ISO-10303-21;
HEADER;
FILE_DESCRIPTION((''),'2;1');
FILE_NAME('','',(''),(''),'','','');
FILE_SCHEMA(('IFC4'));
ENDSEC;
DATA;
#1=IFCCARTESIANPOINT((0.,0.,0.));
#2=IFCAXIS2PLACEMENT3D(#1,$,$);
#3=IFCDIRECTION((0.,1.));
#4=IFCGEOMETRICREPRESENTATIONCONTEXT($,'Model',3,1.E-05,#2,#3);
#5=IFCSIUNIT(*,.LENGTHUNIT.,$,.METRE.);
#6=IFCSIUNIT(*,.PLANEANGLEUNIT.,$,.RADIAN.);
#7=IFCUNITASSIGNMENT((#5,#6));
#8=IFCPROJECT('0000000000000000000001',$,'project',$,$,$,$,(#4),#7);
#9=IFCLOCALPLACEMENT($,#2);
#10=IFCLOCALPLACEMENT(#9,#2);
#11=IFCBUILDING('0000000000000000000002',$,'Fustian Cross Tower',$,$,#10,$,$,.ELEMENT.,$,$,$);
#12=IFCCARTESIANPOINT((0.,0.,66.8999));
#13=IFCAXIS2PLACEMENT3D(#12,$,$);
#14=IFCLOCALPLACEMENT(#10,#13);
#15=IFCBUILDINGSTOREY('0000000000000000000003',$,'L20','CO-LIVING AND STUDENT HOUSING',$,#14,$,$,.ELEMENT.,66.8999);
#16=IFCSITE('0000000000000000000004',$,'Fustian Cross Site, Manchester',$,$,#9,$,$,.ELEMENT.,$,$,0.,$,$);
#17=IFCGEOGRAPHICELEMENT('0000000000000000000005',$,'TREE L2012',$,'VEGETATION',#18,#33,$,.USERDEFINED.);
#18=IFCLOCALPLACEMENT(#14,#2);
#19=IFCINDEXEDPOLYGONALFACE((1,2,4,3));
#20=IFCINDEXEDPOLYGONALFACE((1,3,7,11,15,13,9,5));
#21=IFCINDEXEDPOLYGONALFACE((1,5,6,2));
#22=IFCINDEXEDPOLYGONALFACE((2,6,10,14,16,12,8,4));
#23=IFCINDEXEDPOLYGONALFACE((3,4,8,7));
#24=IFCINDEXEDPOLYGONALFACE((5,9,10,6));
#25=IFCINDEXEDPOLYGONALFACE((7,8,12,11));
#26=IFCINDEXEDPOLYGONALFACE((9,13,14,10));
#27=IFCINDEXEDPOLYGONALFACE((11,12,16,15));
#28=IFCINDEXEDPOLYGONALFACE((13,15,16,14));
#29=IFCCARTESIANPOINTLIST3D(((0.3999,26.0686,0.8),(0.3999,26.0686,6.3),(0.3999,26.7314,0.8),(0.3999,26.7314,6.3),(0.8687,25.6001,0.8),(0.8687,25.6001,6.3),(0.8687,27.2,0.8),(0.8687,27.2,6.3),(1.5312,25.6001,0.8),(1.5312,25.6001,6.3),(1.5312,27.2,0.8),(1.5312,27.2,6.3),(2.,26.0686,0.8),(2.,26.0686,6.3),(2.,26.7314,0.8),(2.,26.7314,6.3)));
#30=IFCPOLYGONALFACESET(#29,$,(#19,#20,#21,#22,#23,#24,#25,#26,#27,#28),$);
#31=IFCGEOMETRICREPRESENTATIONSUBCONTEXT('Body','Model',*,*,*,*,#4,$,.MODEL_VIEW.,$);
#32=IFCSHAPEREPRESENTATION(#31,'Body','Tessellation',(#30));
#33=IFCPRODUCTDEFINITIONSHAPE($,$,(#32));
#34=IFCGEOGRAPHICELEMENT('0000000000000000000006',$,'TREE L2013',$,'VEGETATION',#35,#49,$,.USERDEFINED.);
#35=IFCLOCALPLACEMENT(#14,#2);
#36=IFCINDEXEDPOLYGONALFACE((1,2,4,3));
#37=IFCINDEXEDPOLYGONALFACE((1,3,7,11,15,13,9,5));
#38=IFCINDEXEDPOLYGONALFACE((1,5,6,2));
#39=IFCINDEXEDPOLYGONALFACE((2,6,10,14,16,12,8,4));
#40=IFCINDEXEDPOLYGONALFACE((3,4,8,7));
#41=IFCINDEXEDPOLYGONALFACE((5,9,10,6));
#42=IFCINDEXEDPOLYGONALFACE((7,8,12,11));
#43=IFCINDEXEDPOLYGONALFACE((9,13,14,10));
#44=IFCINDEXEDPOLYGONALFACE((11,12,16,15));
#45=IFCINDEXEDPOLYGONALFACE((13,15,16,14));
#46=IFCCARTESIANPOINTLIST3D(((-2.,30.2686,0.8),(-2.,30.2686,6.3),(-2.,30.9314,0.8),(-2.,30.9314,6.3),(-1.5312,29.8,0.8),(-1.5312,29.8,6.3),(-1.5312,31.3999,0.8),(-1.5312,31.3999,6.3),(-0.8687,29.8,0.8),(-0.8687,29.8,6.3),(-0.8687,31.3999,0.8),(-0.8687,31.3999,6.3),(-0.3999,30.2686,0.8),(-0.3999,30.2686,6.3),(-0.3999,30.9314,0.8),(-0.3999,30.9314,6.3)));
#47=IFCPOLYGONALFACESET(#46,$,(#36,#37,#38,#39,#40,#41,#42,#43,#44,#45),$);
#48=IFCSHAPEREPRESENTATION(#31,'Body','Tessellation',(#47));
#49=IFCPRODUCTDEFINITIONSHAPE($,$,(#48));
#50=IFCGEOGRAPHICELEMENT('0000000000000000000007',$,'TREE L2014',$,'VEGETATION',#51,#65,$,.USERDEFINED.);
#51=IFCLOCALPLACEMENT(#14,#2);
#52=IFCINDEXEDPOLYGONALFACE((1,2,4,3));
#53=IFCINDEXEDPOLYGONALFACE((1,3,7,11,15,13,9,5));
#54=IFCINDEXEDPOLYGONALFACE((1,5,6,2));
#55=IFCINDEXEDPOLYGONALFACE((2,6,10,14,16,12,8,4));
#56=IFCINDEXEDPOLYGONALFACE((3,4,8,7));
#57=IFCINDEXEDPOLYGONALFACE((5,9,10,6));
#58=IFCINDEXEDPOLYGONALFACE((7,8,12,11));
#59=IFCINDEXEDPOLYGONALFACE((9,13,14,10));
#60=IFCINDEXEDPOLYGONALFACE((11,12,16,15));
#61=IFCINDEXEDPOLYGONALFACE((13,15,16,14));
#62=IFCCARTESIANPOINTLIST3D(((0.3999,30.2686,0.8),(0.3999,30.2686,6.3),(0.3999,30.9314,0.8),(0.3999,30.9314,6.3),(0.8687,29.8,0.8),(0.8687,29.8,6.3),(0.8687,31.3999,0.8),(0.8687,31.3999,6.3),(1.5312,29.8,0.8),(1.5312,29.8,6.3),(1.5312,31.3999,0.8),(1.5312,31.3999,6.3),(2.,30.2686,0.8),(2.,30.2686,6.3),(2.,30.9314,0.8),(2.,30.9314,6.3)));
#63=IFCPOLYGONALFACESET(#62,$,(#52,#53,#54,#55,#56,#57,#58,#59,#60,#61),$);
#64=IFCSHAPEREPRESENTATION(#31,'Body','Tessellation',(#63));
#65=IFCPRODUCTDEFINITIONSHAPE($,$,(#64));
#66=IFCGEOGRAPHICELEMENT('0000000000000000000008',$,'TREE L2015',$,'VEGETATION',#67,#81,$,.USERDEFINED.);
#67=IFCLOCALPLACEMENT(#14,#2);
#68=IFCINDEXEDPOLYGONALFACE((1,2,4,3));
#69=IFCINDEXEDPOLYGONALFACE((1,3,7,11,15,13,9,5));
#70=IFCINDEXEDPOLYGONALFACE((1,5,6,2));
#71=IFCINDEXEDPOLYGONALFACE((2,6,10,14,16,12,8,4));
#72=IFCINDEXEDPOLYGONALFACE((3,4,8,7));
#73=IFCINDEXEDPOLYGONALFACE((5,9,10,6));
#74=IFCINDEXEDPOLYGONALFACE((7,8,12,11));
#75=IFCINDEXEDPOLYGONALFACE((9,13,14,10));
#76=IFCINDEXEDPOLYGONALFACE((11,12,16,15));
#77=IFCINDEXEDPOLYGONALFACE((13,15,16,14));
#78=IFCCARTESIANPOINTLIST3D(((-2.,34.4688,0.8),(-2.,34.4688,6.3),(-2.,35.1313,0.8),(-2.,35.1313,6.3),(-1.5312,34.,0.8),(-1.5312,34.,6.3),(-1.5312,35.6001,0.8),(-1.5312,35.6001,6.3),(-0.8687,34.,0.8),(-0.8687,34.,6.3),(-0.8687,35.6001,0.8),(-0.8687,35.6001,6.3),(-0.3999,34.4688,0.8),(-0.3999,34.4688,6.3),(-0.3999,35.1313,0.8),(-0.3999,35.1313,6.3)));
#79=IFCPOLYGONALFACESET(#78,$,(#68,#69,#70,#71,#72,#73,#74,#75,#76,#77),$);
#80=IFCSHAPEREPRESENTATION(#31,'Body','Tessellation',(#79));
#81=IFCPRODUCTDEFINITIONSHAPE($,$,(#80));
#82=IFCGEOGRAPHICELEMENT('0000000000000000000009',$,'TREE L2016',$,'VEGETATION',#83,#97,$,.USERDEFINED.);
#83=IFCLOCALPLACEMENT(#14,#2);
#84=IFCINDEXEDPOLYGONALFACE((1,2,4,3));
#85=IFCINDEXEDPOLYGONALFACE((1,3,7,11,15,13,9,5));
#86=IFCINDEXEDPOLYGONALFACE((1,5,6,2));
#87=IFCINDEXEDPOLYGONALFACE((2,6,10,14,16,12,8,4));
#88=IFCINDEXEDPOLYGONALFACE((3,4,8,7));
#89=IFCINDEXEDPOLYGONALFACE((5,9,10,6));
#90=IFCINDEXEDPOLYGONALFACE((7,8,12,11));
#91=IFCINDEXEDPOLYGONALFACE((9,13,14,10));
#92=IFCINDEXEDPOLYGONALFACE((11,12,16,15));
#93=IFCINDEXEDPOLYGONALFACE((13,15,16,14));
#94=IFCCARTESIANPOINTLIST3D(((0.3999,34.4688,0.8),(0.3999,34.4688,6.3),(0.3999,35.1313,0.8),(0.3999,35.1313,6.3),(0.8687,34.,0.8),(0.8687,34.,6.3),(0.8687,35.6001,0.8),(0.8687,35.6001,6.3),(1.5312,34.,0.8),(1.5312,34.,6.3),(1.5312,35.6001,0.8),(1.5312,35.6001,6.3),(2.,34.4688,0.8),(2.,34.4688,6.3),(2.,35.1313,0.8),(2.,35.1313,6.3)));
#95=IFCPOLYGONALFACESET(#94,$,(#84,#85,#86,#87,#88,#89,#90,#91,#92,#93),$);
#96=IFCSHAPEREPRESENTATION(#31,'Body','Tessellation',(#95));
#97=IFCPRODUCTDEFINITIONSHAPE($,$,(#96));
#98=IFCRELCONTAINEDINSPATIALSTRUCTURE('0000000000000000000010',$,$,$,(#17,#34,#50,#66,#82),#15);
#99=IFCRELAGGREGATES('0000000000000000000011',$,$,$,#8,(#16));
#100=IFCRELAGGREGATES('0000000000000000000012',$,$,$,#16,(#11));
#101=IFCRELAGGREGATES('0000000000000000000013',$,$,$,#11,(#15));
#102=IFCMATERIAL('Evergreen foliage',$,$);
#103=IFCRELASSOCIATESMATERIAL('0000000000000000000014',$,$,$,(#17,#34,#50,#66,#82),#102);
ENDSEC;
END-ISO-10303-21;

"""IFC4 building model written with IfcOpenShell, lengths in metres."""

from ifc_helpers import new_model, si_unit, direction, frame, origin, place, context, subcontext, project, spatial, polyline, outline, extrude, material, element, save


model = new_model("IFC4")

# Units and contexts
model_context = context("Model", 3, precision=1e-05, world=origin(), true_north=direction((0.0, 1.0)))
body_context = subcontext(model_context, "Body", "Model", "MODEL_VIEW")
ifc_project = project(units=[si_unit("LENGTHUNIT", "METRE"), si_unit("PLANEANGLEUNIT", "RADIAN")], contexts=[model_context])

# Site, building, storey
site_placement = place(None, origin())
site = spatial("IfcSite", under=ifc_project, at=site_placement, Name="Fustian Cross Site, Manchester", CompositionType="ELEMENT", RefElevation=0.0)
building_placement = place(site_placement, origin())
building = spatial("IfcBuilding", under=site, at=building_placement, Name="Fustian Cross Tower", CompositionType="ELEMENT")
storey_placement = place(building_placement, frame((0.0, 0.0, 66.8999)))
storey = spatial("IfcBuildingStorey", under=building, at=storey_placement, Name="L20", Description="CO-LIVING AND STUDENT HOUSING", CompositionType="ELEMENT", Elevation=66.8999)

# Geographic elements
ifc_material_1 = material(Name="Evergreen foliage")
geographic_element_1_placement = place(storey_placement, frame((0.0, 0.0, 0.8)))
element("IfcGeographicElement", 1, at=geographic_element_1_placement, inside=storey, material=ifc_material_1, Name="TREE L2012", ObjectType="VEGETATION", PredefinedType="USERDEFINED", context=body_context, shape_type="SweptSolid", body=[
    extrude(outline(polyline([(2.0, 26.7314), (1.5312, 27.2), (0.8687, 27.2), (0.3999, 26.7314), (0.3999, 26.0686), (0.8687, 25.6001), (1.5312, 25.6001), (2.0, 26.0686), (2.0, 26.7314)])), origin(), (0.0, 0.0, 1.0), 5.5),
])
geographic_element_2_placement = place(storey_placement, frame((0.0, 0.0, 0.8)))
element("IfcGeographicElement", 2, at=geographic_element_2_placement, inside=storey, material=ifc_material_1, Name="TREE L2013", ObjectType="VEGETATION", PredefinedType="USERDEFINED", context=body_context, shape_type="SweptSolid", body=[
    extrude(outline(polyline([(-0.3999, 30.9314), (-0.8687, 31.3999), (-1.5312, 31.3999), (-2.0, 30.9314), (-2.0, 30.2686), (-1.5312, 29.8), (-0.8687, 29.8), (-0.3999, 30.2686), (-0.3999, 30.9314)])), origin(), (0.0, 0.0, 1.0), 5.5),
])
geographic_element_3_placement = place(storey_placement, frame((0.0, 0.0, 0.8)))
element("IfcGeographicElement", 3, at=geographic_element_3_placement, inside=storey, material=ifc_material_1, Name="TREE L2014", ObjectType="VEGETATION", PredefinedType="USERDEFINED", context=body_context, shape_type="SweptSolid", body=[
    extrude(outline(polyline([(2.0, 30.9314), (1.5312, 31.3999), (0.8687, 31.3999), (0.3999, 30.9314), (0.3999, 30.2686), (0.8687, 29.8), (1.5312, 29.8), (2.0, 30.2686), (2.0, 30.9314)])), origin(), (0.0, 0.0, 1.0), 5.5),
])
geographic_element_4_placement = place(storey_placement, frame((0.0, 0.0, 0.8)))
element("IfcGeographicElement", 4, at=geographic_element_4_placement, inside=storey, material=ifc_material_1, Name="TREE L2015", ObjectType="VEGETATION", PredefinedType="USERDEFINED", context=body_context, shape_type="SweptSolid", body=[
    extrude(outline(polyline([(-0.3999, 35.1313), (-0.8687, 35.6001), (-1.5312, 35.6001), (-2.0, 35.1313), (-2.0, 34.4688), (-1.5312, 34.0), (-0.8687, 34.0), (-0.3999, 34.4688), (-0.3999, 35.1313)])), origin(), (0.0, 0.0, 1.0), 5.5),
])
geographic_element_5_placement = place(storey_placement, frame((0.0, 0.0, 0.8)))
element("IfcGeographicElement", 5, at=geographic_element_5_placement, inside=storey, material=ifc_material_1, Name="TREE L2016", ObjectType="VEGETATION", PredefinedType="USERDEFINED", context=body_context, shape_type="SweptSolid", body=[
    extrude(outline(polyline([(2.0, 35.1313), (1.5312, 35.6001), (0.8687, 35.6001), (0.3999, 35.1313), (0.3999, 34.4688), (0.8687, 34.0), (1.5312, 34.0), (2.0, 34.4688), (2.0, 35.1313)])), origin(), (0.0, 0.0, 1.0), 5.5),
])

save(model, "model.ifc")
